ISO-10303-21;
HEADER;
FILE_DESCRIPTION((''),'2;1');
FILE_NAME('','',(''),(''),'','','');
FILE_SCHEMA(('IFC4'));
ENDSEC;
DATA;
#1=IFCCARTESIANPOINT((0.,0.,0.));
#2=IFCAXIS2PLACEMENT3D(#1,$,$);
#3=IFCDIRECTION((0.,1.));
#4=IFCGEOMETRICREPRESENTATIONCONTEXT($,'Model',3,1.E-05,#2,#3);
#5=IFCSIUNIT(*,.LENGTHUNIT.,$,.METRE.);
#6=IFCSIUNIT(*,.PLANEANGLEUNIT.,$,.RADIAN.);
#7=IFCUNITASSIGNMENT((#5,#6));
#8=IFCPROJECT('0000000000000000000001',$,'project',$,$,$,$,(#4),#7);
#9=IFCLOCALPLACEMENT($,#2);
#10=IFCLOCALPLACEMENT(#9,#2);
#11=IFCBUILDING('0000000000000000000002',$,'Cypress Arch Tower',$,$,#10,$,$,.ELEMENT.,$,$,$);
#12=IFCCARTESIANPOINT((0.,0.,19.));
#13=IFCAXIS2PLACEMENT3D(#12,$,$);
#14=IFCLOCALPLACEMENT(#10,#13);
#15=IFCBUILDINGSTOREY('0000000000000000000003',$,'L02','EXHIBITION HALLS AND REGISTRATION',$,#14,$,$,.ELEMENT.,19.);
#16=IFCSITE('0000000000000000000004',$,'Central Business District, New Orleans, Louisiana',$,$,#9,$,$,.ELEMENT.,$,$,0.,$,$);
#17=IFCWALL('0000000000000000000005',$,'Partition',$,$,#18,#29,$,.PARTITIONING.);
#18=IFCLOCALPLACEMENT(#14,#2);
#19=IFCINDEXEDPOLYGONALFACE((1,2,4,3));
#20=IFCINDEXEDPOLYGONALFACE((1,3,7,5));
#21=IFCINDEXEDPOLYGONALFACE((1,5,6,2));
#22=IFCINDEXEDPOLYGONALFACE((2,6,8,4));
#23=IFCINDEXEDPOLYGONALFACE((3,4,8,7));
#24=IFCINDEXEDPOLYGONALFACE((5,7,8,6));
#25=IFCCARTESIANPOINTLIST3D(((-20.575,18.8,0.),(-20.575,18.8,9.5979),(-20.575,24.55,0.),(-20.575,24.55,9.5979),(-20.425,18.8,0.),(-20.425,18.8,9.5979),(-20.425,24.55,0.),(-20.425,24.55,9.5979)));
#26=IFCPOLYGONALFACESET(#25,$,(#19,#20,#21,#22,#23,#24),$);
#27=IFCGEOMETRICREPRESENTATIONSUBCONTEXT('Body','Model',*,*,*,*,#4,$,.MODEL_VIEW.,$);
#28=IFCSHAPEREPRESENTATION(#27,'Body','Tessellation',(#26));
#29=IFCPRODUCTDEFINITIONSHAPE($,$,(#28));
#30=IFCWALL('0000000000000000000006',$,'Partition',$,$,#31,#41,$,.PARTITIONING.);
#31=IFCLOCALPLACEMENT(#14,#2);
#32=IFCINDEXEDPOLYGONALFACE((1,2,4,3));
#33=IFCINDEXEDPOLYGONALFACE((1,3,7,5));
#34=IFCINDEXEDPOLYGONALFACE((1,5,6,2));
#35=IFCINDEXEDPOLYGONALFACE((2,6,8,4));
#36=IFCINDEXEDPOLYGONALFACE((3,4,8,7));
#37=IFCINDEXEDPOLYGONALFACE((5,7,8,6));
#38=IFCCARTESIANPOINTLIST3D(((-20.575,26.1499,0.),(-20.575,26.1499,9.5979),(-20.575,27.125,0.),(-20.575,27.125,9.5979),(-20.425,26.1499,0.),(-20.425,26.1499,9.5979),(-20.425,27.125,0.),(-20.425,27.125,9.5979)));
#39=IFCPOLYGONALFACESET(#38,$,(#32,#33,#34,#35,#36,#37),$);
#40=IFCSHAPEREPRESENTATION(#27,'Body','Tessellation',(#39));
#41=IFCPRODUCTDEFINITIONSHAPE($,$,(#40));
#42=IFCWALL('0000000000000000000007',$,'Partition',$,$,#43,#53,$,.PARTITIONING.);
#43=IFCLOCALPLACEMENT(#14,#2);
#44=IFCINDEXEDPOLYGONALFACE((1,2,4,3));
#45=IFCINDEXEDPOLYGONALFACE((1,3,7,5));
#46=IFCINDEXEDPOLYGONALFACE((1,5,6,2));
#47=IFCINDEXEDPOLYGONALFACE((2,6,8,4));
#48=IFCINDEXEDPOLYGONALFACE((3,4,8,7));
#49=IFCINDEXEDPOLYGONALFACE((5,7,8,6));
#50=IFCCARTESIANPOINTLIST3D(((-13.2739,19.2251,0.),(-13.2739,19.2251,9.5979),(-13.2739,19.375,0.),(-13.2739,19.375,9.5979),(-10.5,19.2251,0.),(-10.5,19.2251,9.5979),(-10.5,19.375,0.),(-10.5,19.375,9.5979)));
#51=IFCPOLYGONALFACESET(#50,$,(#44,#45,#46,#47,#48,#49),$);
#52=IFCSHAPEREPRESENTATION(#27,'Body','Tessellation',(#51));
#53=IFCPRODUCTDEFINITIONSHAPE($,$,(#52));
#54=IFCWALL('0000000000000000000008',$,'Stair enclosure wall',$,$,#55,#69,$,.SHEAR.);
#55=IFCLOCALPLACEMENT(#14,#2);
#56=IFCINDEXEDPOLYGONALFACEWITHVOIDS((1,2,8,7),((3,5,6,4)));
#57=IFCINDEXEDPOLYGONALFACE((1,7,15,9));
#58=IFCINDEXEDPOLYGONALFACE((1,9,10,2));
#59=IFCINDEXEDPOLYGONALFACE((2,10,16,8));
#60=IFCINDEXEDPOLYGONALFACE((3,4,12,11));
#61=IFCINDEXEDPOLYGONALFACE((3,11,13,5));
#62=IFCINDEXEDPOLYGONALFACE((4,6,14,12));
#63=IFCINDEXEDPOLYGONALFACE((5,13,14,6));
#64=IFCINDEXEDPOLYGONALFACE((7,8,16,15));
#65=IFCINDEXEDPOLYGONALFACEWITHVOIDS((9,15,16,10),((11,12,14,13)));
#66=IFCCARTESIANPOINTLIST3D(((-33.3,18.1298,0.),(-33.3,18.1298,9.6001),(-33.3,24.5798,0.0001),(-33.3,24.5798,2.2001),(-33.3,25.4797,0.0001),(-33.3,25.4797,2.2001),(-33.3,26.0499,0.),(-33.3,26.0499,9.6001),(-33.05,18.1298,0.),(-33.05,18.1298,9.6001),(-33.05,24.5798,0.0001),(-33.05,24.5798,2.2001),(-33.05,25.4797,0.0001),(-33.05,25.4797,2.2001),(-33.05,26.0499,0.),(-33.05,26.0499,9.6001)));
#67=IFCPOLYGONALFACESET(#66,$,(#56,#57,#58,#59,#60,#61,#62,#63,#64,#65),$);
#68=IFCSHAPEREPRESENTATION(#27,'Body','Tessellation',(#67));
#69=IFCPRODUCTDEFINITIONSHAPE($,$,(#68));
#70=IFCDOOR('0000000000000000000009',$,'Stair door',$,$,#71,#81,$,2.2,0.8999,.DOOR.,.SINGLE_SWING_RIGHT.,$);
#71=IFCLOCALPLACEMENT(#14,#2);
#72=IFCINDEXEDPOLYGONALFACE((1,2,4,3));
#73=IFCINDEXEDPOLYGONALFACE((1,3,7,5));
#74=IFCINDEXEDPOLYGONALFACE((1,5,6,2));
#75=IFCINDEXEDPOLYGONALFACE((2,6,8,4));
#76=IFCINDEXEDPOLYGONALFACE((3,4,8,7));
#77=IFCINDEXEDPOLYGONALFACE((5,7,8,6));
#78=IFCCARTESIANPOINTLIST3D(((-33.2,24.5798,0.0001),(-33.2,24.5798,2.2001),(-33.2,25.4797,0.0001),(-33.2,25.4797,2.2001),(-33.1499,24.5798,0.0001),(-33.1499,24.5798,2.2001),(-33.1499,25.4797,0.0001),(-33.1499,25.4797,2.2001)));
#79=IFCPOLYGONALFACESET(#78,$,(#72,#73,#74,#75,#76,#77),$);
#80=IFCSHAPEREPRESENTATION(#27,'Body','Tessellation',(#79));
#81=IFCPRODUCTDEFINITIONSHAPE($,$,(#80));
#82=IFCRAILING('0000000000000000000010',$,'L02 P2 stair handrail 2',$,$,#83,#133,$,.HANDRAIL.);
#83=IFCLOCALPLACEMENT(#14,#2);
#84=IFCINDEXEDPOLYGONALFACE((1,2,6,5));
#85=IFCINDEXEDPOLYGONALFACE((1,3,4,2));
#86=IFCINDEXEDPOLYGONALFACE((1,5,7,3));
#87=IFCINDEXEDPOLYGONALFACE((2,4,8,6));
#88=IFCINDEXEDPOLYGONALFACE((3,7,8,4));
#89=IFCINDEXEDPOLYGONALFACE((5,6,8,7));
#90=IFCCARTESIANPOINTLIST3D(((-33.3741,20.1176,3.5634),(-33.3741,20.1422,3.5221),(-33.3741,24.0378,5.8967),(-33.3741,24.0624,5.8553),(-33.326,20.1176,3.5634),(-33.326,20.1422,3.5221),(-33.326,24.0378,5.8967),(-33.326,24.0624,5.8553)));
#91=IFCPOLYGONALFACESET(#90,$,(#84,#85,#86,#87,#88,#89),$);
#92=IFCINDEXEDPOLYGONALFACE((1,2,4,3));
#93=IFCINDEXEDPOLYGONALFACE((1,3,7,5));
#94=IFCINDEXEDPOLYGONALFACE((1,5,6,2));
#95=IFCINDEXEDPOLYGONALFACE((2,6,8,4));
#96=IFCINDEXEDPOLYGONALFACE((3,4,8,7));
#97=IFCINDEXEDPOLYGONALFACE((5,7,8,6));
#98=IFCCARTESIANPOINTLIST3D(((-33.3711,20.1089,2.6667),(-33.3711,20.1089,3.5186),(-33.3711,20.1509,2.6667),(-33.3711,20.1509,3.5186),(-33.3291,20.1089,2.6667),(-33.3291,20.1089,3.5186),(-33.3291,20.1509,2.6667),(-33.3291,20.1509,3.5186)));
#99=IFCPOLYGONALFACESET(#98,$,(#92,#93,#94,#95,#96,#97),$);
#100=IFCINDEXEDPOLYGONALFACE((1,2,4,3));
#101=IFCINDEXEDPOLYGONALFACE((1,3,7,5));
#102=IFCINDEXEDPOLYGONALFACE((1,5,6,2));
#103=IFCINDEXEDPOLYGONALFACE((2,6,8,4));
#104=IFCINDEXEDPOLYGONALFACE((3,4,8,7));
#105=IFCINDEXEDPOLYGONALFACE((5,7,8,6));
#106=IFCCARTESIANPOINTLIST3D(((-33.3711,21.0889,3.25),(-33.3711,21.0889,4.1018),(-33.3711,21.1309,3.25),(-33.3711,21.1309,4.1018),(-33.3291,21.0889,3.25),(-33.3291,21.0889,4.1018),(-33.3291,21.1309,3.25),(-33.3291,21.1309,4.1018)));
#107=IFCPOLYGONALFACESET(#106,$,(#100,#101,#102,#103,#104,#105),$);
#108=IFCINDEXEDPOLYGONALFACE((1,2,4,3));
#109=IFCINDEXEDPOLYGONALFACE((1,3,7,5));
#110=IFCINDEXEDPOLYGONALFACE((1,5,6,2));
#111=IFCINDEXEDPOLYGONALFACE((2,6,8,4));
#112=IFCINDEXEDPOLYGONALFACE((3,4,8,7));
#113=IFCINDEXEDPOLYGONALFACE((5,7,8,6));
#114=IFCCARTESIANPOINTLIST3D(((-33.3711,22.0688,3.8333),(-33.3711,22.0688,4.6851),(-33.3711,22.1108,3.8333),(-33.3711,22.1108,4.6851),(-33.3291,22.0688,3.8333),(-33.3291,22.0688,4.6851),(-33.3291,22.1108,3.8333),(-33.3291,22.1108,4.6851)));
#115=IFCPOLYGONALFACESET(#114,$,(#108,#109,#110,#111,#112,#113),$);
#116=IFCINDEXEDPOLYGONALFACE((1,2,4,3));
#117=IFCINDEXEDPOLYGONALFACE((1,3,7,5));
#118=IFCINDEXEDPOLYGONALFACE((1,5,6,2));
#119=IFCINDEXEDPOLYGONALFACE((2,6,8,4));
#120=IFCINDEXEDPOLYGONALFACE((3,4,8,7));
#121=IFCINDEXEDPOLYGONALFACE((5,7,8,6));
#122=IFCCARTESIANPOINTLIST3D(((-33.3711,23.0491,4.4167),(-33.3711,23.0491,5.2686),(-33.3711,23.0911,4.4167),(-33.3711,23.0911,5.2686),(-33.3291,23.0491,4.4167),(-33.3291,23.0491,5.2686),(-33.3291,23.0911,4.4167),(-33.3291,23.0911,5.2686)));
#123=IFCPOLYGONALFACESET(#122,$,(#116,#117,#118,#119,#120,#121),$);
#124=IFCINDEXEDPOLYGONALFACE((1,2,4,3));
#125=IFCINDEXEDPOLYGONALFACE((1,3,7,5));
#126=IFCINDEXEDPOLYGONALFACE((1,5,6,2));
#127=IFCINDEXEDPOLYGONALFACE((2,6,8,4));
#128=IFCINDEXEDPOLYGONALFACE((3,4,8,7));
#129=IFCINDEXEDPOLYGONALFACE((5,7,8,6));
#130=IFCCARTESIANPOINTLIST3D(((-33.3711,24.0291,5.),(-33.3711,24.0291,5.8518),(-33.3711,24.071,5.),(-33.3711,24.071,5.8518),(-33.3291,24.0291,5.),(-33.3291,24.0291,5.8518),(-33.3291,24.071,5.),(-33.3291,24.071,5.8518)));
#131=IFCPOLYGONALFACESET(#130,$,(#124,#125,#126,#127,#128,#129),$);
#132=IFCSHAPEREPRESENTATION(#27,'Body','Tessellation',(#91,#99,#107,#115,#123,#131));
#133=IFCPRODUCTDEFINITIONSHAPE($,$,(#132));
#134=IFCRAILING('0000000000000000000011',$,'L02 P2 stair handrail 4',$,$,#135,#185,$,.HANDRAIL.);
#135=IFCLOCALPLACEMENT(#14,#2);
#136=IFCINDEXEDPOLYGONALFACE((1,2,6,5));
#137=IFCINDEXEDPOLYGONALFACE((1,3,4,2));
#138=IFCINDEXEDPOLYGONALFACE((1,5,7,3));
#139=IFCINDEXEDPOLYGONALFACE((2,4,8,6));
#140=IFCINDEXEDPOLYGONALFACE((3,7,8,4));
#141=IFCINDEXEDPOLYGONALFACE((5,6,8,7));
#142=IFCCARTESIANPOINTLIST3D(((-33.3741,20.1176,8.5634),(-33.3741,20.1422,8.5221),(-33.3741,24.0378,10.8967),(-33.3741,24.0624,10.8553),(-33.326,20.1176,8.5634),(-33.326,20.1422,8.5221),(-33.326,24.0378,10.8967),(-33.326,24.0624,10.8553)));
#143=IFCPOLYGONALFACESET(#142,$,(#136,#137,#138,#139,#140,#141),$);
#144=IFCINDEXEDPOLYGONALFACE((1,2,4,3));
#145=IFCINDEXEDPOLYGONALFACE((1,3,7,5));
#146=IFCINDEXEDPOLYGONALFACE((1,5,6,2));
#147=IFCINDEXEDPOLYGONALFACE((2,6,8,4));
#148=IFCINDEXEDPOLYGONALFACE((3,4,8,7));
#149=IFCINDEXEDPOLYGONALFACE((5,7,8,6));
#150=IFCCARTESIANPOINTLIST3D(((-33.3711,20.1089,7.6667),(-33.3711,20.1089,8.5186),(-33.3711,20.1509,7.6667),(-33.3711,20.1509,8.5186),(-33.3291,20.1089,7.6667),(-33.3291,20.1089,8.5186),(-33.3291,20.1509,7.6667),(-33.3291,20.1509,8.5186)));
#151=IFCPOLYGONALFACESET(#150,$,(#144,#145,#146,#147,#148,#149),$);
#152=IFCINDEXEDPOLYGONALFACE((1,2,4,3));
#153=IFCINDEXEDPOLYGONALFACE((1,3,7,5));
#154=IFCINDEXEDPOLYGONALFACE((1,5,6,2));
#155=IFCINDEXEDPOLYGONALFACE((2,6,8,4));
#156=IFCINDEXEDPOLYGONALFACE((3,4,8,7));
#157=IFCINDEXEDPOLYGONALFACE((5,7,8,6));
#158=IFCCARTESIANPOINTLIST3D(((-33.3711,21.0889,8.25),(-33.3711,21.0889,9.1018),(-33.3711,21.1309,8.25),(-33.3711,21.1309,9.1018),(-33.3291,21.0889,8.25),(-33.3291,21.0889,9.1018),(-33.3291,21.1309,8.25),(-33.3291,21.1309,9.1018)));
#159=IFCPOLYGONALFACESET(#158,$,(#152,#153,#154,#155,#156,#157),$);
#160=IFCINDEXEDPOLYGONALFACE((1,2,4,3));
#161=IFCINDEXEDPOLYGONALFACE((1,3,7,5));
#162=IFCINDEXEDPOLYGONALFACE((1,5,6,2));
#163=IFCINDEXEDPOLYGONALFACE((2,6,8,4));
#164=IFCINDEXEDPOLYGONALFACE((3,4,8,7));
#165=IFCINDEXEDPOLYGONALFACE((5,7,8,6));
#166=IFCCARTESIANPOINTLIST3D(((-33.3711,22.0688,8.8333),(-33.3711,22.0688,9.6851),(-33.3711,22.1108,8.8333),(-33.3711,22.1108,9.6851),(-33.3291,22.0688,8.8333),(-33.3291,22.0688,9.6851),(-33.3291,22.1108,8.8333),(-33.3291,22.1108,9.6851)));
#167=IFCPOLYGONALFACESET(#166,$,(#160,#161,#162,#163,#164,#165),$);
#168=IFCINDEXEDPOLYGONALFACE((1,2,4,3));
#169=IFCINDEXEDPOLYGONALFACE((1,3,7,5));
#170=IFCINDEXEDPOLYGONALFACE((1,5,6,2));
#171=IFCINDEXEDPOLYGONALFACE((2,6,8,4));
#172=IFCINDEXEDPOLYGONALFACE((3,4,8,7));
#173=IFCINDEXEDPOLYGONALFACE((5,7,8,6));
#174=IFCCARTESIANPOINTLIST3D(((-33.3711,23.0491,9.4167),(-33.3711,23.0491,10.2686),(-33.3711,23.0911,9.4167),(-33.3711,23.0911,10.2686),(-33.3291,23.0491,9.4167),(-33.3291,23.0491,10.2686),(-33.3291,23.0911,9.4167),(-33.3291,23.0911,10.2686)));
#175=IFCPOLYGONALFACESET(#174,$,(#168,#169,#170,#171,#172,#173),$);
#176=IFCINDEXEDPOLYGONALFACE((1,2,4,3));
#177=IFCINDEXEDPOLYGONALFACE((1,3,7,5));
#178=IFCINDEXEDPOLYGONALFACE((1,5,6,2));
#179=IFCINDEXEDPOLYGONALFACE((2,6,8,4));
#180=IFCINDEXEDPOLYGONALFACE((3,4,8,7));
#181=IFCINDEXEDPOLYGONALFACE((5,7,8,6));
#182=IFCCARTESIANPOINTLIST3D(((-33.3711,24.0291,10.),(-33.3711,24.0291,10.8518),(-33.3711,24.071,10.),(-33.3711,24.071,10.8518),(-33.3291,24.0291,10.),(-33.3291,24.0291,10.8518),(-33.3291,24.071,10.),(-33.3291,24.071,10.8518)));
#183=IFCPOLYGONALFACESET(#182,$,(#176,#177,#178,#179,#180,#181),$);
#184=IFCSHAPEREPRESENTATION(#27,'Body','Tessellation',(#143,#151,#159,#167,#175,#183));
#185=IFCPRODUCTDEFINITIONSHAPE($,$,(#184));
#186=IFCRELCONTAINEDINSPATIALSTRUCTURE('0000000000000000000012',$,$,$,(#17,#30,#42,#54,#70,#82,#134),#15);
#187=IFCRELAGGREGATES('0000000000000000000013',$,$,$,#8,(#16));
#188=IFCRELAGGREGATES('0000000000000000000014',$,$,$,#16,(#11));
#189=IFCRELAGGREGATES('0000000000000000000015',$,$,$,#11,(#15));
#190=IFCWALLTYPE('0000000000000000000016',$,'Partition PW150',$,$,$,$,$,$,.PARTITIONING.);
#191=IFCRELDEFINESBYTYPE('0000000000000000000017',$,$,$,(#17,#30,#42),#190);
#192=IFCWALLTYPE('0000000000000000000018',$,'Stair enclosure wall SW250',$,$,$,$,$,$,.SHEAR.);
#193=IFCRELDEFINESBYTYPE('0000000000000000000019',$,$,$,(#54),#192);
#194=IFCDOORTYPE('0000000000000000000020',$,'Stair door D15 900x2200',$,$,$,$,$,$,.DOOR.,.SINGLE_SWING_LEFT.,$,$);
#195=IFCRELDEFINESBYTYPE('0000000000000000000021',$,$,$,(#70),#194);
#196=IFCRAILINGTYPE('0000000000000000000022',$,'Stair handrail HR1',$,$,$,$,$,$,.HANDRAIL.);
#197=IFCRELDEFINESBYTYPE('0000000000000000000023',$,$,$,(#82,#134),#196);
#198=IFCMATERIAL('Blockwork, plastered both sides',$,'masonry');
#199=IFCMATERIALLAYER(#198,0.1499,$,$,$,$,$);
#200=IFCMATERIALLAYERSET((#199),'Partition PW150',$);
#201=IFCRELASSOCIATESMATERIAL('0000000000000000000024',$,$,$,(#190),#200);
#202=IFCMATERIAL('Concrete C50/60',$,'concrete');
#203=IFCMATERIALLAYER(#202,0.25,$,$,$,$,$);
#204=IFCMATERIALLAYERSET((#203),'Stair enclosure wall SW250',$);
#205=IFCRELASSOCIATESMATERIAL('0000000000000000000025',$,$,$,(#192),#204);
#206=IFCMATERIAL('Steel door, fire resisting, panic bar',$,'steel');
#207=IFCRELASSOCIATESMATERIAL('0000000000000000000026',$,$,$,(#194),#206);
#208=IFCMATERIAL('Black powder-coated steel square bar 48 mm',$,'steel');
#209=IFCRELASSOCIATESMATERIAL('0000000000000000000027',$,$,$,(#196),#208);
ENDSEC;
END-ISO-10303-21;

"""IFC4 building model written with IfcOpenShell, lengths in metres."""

from ifc_helpers import new_model, si_unit, direction, frame, frame_2d, origin, origin_2d, place, context, subcontext, project, spatial, rectangle, extrude, material, layer, layer_set, type_object, element, fill, save


model = new_model("IFC4")

# Units and contexts
model_context = context("Model", 3, precision=1e-05, world=origin(), true_north=direction((0.0, 1.0)))
body_context = subcontext(model_context, "Body", "Model", "MODEL_VIEW")
ifc_project = project(units=[si_unit("LENGTHUNIT", "METRE"), si_unit("PLANEANGLEUNIT", "RADIAN")], contexts=[model_context])

# Site, building, storey
site_placement = place(None, origin())
site = spatial("IfcSite", under=ifc_project, at=site_placement, Name="Central Business District, New Orleans, Louisiana", CompositionType="ELEMENT", RefElevation=0.0)
building_placement = place(site_placement, origin())
building = spatial("IfcBuilding", under=site, at=building_placement, Name="Cypress Arch Tower", CompositionType="ELEMENT")
storey_placement = place(building_placement, frame((0.0, 0.0, 19.0)))
storey = spatial("IfcBuildingStorey", under=building, at=storey_placement, Name="L02", Description="EXHIBITION HALLS AND REGISTRATION", CompositionType="ELEMENT", Elevation=19.0)

# Walls
ifc_material_1 = material(Name="Blockwork, plastered both sides", Category="masonry")
ifc_layer_1 = layer(ifc_material_1, 0.1499)
ifc_layer_set_1 = layer_set([ifc_layer_1], Name="Partition PW150")
wall_type_1 = type_object("IfcWallType", Name="Partition PW150", PredefinedType="PARTITIONING", material=ifc_layer_set_1)
wall_1_placement = place(storey_placement, frame((-20.5, 18.8, 0.0), z_axis=(0.0, 0.0, 1.0), x_axis=(0.0, 1.0, 0.0)))
element("IfcWall", 1, at=wall_1_placement, inside=storey, type_object=wall_type_1, Name="Partition", PredefinedType="PARTITIONING", context=body_context, shape_type="SweptSolid", body=[
    extrude(rectangle(XDim=5.75, YDim=0.1499, at=frame_2d((2.875, 0.0))), origin(), (0.0, 0.0, 1.0), 9.5979),
])
wall_2_placement = place(storey_placement, frame((-20.5, 26.1499, 0.0), z_axis=(0.0, 0.0, 1.0), x_axis=(0.0, 1.0, 0.0)))
element("IfcWall", 2, at=wall_2_placement, inside=storey, type_object=wall_type_1, Name="Partition", PredefinedType="PARTITIONING", context=body_context, shape_type="SweptSolid", body=[
    extrude(rectangle(XDim=0.9751, YDim=0.1499, at=frame_2d((0.4875, 0.0))), origin(), (0.0, 0.0, 1.0), 9.5979),
])
wall_3_placement = place(storey_placement, frame((-13.2739, 19.3, 0.0), z_axis=(0.0, 0.0, 1.0), x_axis=(1.0, 0.0, 0.0)))
element("IfcWall", 3, at=wall_3_placement, inside=storey, type_object=wall_type_1, Name="Partition", PredefinedType="PARTITIONING", context=body_context, shape_type="SweptSolid", body=[
    extrude(rectangle(XDim=2.7739, YDim=0.1499, at=frame_2d((1.387, 0.0))), origin(), (0.0, 0.0, 1.0), 9.5979),
])

# Wall, opening, door
ifc_material_2 = material(Name="Concrete C50/60", Category="concrete")
ifc_layer_2 = layer(ifc_material_2, 0.25)
ifc_layer_set_2 = layer_set([ifc_layer_2], Name="Stair enclosure wall SW250")
wall_type_2 = type_object("IfcWallType", Name="Stair enclosure wall SW250", PredefinedType="SHEAR", material=ifc_layer_set_2)
wall_4_placement = place(storey_placement, frame((-33.175, 18.1299, 0.0), z_axis=(0.0, 0.0, 1.0), x_axis=(0.0, 1.0, 0.0)))
wall_4 = element("IfcWall", 4, at=wall_4_placement, inside=storey, type_object=wall_type_2, Name="Stair enclosure wall", PredefinedType="SHEAR", context=body_context, shape_type="SweptSolid", body=[
    extrude(rectangle(XDim=7.9202, YDim=0.25, at=frame_2d((3.96, 0.0))), origin(), (0.0, 0.0, 1.0), 9.6001),
])
opening_1_placement = place(wall_4_placement, frame((6.45, 0.0, 0.0)))
opening_1 = element("IfcOpeningElement", 5, at=opening_1_placement, cuts=wall_4, PredefinedType="OPENING", context=body_context, shape_type="SweptSolid", body=[
    extrude(rectangle(XDim=0.8999, YDim=2.2, at=frame_2d((0.45, 1.1001))), frame((0.0, 0.135, 0.0), z_axis=(0.0, -1.0, 0.0), x_axis=(1.0, 0.0, 0.0)), (0.0, 0.0, 1.0), 0.27),
])
ifc_material_3 = material(Name="Steel door, fire resisting, panic bar", Category="steel")
door_type_1 = type_object("IfcDoorType", Name="Stair door D15 900x2200", OperationType="SINGLE_SWING_LEFT", PredefinedType="DOOR", material=ifc_material_3)
door_1_placement = place(opening_1_placement, origin())
door_1 = element("IfcDoor", 6, at=door_1_placement, inside=storey, type_object=door_type_1, Name="Stair door", OperationType="SINGLE_SWING_RIGHT", OverallHeight=2.2, OverallWidth=0.8999, PredefinedType="DOOR", context=body_context, shape_type="SweptSolid", body=[
    extrude(rectangle(XDim=0.8999, YDim=2.2, at=frame_2d((0.45, 1.1001))), frame((0.0, 0.0249, 0.0), z_axis=(0.0, -1.0, 0.0), x_axis=(1.0, 0.0, 0.0)), (0.0, 0.0, 1.0), 0.05),
])
fill(opening_1, door_1)

# Railings
ifc_material_4 = material(Name="Black powder-coated steel square bar 48 mm", Category="steel")
railing_type = type_object("IfcRailingType", Name="Stair handrail HR1", PredefinedType="HANDRAIL", material=ifc_material_4)
for number, where, name in (
    (7, (-33.3501, 20.1299, 2.6667), "L02 P2 stair handrail 2"),
    (8, (-33.3501, 20.1299, 7.6667), "L02 P2 stair handrail 4"),
):
    element("IfcRailing", number, at=place(storey_placement, frame(where)), inside=storey, type_object=railing_type, Name=name, PredefinedType="HANDRAIL", context=body_context, shape_type="SweptSolid", body=[
        extrude(rectangle(XDim=0.0481, YDim=0.0481, at=origin_2d()), frame((0.0, 0.0, 0.876), z_axis=(0.0, 0.85931, 0.511455), x_axis=(-1.0, 0.0, 0.0)), (0.0, 0.0, 1.0), 4.562),
        extrude(rectangle(XDim=0.042, YDim=0.042, at=origin_2d()), origin(), (0.0, 0.0, 1.0), 0.8518),
        extrude(rectangle(XDim=0.042, YDim=0.042, at=origin_2d()), frame((0.0, 0.98, 0.5833)), (0.0, 0.0, 1.0), 0.8518),
        extrude(rectangle(XDim=0.042, YDim=0.042, at=origin_2d()), frame((0.0, 1.96, 1.1665)), (0.0, 0.0, 1.0), 0.8518),
        extrude(rectangle(XDim=0.042, YDim=0.042, at=origin_2d()), frame((0.0, 2.9402, 1.75)), (0.0, 0.0, 1.0), 0.8518),
        extrude(rectangle(XDim=0.042, YDim=0.042, at=origin_2d()), frame((0.0, 3.9202, 2.3333)), (0.0, 0.0, 1.0), 0.8518),
    ])

save(model, "model.ifc")
